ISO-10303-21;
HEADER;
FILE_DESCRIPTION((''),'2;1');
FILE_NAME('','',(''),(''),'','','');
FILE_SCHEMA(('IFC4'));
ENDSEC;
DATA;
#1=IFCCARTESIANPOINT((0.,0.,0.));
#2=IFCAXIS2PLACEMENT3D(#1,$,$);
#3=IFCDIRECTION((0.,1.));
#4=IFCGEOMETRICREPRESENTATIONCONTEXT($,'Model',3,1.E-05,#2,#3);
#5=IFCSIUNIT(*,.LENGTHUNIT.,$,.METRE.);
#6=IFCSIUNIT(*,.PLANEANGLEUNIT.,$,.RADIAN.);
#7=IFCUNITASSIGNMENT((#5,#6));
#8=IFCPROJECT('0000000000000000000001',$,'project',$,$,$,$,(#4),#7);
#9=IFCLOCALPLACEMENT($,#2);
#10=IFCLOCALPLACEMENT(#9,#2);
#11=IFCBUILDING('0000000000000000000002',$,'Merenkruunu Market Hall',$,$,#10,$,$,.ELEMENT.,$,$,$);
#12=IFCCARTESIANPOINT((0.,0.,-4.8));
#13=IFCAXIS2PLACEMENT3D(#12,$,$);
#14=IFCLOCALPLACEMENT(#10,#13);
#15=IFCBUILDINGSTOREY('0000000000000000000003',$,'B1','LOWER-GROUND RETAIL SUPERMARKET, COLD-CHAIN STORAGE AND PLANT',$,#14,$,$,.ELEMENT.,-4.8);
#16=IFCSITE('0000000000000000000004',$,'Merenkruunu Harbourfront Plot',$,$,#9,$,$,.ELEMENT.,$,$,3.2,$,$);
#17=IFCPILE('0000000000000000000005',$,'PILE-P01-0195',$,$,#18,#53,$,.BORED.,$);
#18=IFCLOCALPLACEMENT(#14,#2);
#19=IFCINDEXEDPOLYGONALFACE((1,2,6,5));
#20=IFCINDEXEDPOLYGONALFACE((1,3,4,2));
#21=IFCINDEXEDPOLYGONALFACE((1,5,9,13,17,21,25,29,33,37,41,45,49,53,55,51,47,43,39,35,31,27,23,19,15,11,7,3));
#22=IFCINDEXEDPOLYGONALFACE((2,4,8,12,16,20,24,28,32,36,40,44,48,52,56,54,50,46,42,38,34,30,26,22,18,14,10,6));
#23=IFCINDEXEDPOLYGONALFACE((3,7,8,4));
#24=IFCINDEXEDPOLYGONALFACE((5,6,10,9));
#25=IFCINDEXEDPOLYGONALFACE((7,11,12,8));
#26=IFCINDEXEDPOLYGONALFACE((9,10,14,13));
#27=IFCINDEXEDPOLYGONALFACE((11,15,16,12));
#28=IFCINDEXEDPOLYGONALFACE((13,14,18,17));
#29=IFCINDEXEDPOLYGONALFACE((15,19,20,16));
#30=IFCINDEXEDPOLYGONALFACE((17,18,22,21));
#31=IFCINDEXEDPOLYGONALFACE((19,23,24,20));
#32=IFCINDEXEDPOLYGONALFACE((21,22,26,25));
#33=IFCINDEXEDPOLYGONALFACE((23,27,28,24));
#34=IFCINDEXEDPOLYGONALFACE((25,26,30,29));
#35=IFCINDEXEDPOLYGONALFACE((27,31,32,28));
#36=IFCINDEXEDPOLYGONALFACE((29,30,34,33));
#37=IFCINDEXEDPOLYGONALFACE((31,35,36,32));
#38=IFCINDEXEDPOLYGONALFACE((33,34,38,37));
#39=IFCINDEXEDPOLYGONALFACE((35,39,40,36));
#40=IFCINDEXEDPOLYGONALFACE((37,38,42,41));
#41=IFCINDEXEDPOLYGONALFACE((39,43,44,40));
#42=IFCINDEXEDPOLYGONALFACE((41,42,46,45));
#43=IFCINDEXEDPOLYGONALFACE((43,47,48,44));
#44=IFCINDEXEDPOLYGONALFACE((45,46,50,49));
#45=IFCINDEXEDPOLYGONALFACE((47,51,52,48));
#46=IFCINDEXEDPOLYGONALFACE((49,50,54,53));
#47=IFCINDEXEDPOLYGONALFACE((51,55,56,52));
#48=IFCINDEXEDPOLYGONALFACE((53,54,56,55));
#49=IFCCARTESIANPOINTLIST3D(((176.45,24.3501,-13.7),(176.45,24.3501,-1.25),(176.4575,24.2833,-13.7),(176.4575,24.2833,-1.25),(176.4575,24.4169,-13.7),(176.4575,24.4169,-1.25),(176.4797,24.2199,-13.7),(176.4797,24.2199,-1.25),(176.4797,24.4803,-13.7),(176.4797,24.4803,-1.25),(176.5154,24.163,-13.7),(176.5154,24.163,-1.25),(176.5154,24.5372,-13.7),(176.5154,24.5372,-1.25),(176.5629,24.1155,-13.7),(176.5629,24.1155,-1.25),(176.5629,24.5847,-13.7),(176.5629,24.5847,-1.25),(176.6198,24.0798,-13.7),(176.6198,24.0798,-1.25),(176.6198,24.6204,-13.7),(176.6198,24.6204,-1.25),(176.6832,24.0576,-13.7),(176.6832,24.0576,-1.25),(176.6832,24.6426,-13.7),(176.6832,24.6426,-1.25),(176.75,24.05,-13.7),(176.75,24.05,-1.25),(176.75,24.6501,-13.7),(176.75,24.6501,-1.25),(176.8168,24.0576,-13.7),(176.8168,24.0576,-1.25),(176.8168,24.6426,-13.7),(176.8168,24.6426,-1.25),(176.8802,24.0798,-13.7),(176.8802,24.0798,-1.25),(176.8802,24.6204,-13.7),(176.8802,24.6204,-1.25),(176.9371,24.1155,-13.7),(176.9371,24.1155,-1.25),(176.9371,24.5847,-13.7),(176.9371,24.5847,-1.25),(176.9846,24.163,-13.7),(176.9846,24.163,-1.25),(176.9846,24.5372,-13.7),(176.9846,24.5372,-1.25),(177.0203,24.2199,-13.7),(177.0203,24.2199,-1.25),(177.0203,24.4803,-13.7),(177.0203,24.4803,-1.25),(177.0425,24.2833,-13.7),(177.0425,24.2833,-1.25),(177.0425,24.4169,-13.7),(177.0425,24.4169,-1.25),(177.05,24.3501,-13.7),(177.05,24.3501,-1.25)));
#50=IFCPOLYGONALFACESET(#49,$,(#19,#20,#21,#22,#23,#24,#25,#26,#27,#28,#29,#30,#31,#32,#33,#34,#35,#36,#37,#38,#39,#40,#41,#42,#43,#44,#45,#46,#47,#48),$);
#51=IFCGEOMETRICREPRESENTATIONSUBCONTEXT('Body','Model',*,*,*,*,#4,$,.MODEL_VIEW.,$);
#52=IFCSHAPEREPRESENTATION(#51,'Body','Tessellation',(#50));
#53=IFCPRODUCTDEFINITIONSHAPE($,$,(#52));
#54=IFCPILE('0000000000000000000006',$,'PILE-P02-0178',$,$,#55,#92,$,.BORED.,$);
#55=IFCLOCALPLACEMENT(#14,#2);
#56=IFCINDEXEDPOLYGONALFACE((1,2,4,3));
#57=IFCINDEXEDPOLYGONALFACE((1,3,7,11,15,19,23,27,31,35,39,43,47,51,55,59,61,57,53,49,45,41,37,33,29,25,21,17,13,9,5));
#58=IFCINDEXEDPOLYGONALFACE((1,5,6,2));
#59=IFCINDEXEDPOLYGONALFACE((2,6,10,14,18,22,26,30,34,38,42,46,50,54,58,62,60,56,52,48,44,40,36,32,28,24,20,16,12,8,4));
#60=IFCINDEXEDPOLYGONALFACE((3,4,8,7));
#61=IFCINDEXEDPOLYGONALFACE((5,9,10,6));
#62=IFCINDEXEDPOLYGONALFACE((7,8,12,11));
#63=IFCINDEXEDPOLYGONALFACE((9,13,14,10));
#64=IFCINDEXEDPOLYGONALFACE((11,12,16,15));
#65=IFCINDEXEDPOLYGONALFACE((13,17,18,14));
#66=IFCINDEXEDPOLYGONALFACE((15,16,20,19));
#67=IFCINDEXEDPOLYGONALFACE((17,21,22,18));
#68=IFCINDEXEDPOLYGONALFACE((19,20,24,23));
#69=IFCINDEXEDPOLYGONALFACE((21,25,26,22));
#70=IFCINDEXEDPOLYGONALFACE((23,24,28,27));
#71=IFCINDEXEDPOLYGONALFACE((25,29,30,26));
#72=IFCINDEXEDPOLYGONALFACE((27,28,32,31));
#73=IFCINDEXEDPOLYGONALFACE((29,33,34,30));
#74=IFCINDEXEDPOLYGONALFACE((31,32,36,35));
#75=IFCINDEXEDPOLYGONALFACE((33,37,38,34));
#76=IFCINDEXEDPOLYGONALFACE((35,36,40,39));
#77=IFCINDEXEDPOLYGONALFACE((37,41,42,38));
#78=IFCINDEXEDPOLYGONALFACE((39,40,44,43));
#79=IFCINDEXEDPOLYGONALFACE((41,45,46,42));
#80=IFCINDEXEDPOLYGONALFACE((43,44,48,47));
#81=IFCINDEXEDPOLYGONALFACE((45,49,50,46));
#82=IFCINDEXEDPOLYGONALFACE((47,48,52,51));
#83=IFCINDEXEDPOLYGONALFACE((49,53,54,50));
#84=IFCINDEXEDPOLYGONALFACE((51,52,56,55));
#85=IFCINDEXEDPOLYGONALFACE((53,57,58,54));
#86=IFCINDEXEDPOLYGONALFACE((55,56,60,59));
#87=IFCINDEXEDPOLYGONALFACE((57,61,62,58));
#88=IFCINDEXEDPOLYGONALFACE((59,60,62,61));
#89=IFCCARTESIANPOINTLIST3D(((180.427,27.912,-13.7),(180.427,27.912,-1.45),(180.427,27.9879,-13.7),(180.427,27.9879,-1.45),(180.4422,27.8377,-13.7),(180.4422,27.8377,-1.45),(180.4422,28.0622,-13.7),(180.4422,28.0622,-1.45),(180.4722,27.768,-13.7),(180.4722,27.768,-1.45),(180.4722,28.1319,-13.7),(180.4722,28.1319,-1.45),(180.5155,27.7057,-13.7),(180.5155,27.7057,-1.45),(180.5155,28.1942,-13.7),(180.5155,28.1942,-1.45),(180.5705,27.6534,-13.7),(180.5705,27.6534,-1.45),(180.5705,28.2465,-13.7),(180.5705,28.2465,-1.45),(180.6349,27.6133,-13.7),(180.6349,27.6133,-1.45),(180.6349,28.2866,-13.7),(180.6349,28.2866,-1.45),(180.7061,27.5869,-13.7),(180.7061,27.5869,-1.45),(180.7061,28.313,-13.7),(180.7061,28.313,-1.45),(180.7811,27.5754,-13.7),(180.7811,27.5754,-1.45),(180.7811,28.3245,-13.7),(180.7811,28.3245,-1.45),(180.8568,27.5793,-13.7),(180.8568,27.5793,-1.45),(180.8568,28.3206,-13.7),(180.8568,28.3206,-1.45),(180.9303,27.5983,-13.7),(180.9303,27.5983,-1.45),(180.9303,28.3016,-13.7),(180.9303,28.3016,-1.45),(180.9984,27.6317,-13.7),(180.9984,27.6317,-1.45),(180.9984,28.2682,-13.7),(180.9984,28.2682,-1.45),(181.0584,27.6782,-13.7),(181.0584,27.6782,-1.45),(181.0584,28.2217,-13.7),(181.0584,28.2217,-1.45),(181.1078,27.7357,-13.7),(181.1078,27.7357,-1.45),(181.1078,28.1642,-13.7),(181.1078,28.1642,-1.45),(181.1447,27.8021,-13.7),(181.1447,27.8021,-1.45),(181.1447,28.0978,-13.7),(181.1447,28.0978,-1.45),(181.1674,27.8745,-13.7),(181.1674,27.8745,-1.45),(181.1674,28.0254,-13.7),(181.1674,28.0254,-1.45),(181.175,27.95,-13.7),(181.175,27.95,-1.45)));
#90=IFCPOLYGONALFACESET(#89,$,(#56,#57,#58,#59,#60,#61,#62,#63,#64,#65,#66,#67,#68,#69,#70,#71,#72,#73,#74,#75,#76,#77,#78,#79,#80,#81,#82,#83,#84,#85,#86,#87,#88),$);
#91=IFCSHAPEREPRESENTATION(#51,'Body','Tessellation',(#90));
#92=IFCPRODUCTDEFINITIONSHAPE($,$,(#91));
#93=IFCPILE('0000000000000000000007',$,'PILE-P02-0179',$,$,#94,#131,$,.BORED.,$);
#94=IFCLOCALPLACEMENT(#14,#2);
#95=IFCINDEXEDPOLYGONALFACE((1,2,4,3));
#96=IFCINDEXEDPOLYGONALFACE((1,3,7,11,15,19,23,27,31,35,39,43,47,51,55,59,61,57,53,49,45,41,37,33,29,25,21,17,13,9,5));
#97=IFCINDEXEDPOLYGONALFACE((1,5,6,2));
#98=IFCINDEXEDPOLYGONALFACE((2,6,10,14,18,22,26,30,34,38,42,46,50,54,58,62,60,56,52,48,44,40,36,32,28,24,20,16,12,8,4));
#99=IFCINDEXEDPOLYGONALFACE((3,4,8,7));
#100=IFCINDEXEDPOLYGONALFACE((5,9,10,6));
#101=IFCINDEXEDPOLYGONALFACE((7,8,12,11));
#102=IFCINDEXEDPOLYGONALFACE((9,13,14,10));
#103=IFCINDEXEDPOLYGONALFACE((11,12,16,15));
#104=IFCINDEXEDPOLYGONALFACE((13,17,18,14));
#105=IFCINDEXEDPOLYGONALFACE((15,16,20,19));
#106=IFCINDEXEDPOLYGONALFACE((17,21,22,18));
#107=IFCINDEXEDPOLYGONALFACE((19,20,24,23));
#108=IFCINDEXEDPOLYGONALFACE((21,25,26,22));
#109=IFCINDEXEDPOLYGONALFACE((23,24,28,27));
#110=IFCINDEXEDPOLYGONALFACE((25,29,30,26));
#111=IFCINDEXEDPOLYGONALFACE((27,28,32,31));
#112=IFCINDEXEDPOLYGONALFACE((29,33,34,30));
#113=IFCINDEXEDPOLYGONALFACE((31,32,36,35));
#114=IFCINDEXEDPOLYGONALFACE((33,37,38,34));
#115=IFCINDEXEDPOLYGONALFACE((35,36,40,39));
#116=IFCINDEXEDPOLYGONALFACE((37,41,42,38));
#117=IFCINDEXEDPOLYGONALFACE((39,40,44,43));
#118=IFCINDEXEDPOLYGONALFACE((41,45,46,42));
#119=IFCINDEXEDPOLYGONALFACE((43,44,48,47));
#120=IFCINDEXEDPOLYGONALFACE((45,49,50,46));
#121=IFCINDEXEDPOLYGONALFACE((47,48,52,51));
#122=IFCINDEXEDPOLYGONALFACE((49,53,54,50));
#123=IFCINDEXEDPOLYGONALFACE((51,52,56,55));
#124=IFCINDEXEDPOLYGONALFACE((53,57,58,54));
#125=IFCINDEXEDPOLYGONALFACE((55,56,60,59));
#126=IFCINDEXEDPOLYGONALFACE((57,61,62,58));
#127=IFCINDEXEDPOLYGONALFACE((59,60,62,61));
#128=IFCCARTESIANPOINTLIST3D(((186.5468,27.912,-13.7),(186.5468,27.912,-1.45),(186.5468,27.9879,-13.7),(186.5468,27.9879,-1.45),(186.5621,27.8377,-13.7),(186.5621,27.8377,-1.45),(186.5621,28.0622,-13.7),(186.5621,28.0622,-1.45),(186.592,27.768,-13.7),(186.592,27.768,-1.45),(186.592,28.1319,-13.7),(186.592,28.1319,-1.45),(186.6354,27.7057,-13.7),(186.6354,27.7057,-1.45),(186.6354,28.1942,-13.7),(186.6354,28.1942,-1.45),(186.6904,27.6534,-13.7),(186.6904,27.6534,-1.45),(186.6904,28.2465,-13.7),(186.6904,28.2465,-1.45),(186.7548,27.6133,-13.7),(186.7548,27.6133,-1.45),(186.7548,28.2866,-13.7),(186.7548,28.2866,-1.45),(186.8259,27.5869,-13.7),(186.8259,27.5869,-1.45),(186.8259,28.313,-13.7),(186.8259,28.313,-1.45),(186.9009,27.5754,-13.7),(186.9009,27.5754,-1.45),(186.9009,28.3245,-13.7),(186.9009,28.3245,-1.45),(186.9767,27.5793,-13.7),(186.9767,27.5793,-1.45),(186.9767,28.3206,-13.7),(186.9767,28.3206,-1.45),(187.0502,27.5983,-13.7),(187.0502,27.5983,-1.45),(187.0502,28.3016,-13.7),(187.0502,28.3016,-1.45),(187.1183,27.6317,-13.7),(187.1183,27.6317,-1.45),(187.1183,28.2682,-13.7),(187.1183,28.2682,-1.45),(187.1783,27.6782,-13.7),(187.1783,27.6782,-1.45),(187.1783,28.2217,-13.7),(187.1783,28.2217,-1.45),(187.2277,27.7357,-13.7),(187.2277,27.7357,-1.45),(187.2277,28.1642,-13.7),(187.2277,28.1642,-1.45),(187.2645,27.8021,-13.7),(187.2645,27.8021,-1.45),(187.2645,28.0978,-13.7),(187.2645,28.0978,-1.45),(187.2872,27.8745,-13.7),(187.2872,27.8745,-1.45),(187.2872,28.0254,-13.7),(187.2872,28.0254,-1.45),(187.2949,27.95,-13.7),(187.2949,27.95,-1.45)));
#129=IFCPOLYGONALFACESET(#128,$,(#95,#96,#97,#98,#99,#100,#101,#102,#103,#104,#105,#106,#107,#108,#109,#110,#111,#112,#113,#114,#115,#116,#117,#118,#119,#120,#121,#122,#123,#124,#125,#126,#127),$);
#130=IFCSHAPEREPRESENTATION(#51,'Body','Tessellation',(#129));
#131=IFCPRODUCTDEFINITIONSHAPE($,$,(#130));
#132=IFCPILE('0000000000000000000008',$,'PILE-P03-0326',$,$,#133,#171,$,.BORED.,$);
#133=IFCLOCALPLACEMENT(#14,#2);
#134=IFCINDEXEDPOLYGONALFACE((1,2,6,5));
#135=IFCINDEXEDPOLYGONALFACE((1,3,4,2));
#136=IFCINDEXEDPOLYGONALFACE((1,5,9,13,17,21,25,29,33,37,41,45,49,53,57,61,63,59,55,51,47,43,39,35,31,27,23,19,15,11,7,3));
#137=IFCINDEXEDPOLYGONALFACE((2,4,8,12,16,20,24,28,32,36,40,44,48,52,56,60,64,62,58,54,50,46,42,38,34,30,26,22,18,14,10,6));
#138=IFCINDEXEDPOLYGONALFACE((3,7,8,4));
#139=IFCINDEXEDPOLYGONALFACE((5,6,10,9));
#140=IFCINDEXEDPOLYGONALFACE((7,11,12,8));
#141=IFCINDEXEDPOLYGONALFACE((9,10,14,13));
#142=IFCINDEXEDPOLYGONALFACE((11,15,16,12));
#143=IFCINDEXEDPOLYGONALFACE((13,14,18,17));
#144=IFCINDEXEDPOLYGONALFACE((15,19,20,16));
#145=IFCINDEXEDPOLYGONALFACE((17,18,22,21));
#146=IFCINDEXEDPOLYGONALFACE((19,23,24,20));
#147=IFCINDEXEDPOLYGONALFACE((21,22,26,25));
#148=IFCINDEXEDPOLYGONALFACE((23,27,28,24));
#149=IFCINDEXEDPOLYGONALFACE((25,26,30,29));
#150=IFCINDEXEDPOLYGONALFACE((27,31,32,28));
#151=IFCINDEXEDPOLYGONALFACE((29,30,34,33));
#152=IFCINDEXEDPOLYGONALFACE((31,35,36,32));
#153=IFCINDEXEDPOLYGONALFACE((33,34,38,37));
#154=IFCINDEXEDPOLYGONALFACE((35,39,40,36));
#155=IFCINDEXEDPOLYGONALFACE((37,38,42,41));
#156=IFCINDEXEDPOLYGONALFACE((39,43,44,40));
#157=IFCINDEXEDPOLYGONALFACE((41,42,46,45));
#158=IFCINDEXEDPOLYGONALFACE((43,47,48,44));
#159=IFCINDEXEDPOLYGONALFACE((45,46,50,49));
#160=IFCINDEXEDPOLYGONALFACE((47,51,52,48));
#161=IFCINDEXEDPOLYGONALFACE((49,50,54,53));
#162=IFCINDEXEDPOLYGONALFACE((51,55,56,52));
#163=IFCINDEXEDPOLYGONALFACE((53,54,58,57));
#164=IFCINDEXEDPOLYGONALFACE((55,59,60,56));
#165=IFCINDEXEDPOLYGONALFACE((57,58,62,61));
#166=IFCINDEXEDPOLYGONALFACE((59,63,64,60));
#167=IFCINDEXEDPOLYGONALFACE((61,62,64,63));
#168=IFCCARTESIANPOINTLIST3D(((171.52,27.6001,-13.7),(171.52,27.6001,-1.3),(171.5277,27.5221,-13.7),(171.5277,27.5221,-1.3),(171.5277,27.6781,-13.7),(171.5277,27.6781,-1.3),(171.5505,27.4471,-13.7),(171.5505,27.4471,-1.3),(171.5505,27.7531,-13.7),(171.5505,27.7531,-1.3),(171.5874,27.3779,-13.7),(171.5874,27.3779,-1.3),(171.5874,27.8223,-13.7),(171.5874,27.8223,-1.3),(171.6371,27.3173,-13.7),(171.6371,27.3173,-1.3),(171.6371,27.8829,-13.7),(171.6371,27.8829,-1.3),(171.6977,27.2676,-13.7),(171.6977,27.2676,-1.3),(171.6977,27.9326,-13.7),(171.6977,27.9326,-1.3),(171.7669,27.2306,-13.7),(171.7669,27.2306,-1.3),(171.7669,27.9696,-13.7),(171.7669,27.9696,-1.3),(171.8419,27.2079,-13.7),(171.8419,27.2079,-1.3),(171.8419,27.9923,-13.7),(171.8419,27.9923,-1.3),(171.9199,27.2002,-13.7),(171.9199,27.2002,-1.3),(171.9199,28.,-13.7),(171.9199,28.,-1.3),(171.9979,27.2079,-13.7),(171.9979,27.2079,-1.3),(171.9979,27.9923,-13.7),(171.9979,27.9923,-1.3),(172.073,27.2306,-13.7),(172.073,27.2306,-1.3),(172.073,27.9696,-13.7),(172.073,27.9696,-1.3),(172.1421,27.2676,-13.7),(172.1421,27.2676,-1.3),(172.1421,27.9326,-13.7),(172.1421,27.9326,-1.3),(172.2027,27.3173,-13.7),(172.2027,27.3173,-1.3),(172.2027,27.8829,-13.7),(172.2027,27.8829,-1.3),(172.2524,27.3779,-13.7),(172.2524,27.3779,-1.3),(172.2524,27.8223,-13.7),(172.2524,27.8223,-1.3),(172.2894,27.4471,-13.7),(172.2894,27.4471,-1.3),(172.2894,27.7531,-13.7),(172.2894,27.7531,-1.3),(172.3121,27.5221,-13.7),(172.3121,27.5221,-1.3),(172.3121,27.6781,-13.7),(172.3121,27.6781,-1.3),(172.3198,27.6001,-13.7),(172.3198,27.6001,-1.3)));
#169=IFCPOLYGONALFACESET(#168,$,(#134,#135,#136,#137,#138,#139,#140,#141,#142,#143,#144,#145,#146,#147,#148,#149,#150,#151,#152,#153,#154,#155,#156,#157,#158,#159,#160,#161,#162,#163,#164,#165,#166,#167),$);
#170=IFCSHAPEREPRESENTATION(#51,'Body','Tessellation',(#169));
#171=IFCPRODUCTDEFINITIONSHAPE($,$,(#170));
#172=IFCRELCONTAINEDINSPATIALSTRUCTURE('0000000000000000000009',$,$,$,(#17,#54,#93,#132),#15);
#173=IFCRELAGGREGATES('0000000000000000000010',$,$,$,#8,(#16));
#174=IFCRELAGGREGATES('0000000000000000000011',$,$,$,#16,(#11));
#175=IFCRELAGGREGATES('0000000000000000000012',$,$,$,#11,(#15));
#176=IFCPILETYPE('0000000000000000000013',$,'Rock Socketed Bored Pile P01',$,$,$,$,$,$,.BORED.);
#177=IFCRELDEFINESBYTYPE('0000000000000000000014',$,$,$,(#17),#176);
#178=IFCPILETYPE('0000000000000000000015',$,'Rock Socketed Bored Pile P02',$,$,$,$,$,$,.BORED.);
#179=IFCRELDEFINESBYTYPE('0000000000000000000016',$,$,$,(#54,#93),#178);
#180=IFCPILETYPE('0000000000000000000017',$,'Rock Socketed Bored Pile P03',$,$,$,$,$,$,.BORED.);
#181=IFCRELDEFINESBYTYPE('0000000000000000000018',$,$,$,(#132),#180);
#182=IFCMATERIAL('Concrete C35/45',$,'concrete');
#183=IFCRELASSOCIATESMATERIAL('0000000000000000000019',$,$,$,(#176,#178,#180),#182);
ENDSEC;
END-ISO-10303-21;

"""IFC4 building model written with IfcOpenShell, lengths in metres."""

from ifc_helpers import new_model, si_unit, direction, frame, origin, origin_2d, place, context, subcontext, project, spatial, circle, extrude, material, material_profile, profile_set, type_object, element, save


model = new_model("IFC4")

# Units and contexts
model_context = context("Model", 3, precision=1e-05, world=origin(), true_north=direction((0.0, 1.0)))
body_context = subcontext(model_context, "Body", "Model", "MODEL_VIEW")
ifc_project = project(units=[si_unit("LENGTHUNIT", "METRE"), si_unit("PLANEANGLEUNIT", "RADIAN")], contexts=[model_context])

# Site, building, storey
site_placement = place(None, origin())
site = spatial("IfcSite", under=ifc_project, at=site_placement, Name="Merenkruunu Harbourfront Plot", CompositionType="ELEMENT", RefElevation=3.2)
building_placement = place(site_placement, origin())
building = spatial("IfcBuilding", under=site, at=building_placement, Name="Merenkruunu Market Hall", CompositionType="ELEMENT")
storey_placement = place(building_placement, frame((0.0, 0.0, -4.8)))
storey = spatial("IfcBuildingStorey", under=building, at=storey_placement, Name="B1", Description="LOWER-GROUND RETAIL SUPERMARKET, COLD-CHAIN STORAGE AND PLANT", CompositionType="ELEMENT", Elevation=-4.8)

# Shared definitions
ifc_material = material(Name="Concrete C35/45", Category="concrete")

# Piles
ifc_material_profile_1 = material_profile(ifc_material, circle(Radius=0.3, at=origin_2d()), Name="BORED PILE 600")
ifc_profile_set_1 = profile_set([ifc_material_profile_1], Name="Concrete C35/45")
pile_type_1 = type_object("IfcPileType", Name="Rock Socketed Bored Pile P01", PredefinedType="BORED", material=ifc_profile_set_1)
for number, where, z_axis, x_axis, name in (
    (1, (176.75, 24.3501, -1.25), (0.0, 0.0, -1.0), (1.0, 0.0, 0.0), "PILE-P01-0195"),
):
    element("IfcPile", number, at=place(storey_placement, frame(where, z_axis=z_axis, x_axis=x_axis)), inside=storey, type_object=pile_type_1, Name=name, PredefinedType="BORED", context=body_context, shape_type="SweptSolid", body=[
        extrude(circle(Radius=0.3, at=origin_2d()), origin(), (0.0, 0.0, 1.0), 12.45),
    ])
ifc_material_profile_2 = material_profile(ifc_material, circle(Radius=0.375, at=origin_2d()), Name="BORED PILE 750")
ifc_profile_set_2 = profile_set([ifc_material_profile_2], Name="Concrete C35/45")
pile_type_2 = type_object("IfcPileType", Name="Rock Socketed Bored Pile P02", PredefinedType="BORED", material=ifc_profile_set_2)
for number, where, z_axis, x_axis, name in (
    (2, (180.8, 27.95, -1.45), (0.0, 0.0, -1.0), (1.0, 0.0, 0.0), "PILE-P02-0178"),
    (3, (186.9199, 27.95, -1.45), (0.0, 0.0, -1.0), (1.0, 0.0, 0.0), "PILE-P02-0179"),
):
    element("IfcPile", number, at=place(storey_placement, frame(where, z_axis=z_axis, x_axis=x_axis)), inside=storey, type_object=pile_type_2, Name=name, PredefinedType="BORED", context=body_context, shape_type="SweptSolid", body=[
        extrude(circle(Radius=0.375, at=origin_2d()), origin(), (0.0, 0.0, 1.0), 12.25),
    ])
ifc_material_profile_3 = material_profile(ifc_material, circle(Radius=0.3999, at=origin_2d()), Name="BORED PILE 800")
ifc_profile_set_3 = profile_set([ifc_material_profile_3], Name="Concrete C35/45")
pile_type_3 = type_object("IfcPileType", Name="Rock Socketed Bored Pile P03", PredefinedType="BORED", material=ifc_profile_set_3)
for number, where, z_axis, x_axis, name in (
    (4, (171.9199, 27.6001, -1.3), (0.0, 0.0, -1.0), (1.0, 0.0, 0.0), "PILE-P03-0326"),
):
    element("IfcPile", number, at=place(storey_placement, frame(where, z_axis=z_axis, x_axis=x_axis)), inside=storey, type_object=pile_type_3, Name=name, PredefinedType="BORED", context=body_context, shape_type="SweptSolid", body=[
        extrude(circle(Radius=0.3999, at=origin_2d()), origin(), (0.0, 0.0, 1.0), 12.3999),
    ])

save(model, "model.ifc")
